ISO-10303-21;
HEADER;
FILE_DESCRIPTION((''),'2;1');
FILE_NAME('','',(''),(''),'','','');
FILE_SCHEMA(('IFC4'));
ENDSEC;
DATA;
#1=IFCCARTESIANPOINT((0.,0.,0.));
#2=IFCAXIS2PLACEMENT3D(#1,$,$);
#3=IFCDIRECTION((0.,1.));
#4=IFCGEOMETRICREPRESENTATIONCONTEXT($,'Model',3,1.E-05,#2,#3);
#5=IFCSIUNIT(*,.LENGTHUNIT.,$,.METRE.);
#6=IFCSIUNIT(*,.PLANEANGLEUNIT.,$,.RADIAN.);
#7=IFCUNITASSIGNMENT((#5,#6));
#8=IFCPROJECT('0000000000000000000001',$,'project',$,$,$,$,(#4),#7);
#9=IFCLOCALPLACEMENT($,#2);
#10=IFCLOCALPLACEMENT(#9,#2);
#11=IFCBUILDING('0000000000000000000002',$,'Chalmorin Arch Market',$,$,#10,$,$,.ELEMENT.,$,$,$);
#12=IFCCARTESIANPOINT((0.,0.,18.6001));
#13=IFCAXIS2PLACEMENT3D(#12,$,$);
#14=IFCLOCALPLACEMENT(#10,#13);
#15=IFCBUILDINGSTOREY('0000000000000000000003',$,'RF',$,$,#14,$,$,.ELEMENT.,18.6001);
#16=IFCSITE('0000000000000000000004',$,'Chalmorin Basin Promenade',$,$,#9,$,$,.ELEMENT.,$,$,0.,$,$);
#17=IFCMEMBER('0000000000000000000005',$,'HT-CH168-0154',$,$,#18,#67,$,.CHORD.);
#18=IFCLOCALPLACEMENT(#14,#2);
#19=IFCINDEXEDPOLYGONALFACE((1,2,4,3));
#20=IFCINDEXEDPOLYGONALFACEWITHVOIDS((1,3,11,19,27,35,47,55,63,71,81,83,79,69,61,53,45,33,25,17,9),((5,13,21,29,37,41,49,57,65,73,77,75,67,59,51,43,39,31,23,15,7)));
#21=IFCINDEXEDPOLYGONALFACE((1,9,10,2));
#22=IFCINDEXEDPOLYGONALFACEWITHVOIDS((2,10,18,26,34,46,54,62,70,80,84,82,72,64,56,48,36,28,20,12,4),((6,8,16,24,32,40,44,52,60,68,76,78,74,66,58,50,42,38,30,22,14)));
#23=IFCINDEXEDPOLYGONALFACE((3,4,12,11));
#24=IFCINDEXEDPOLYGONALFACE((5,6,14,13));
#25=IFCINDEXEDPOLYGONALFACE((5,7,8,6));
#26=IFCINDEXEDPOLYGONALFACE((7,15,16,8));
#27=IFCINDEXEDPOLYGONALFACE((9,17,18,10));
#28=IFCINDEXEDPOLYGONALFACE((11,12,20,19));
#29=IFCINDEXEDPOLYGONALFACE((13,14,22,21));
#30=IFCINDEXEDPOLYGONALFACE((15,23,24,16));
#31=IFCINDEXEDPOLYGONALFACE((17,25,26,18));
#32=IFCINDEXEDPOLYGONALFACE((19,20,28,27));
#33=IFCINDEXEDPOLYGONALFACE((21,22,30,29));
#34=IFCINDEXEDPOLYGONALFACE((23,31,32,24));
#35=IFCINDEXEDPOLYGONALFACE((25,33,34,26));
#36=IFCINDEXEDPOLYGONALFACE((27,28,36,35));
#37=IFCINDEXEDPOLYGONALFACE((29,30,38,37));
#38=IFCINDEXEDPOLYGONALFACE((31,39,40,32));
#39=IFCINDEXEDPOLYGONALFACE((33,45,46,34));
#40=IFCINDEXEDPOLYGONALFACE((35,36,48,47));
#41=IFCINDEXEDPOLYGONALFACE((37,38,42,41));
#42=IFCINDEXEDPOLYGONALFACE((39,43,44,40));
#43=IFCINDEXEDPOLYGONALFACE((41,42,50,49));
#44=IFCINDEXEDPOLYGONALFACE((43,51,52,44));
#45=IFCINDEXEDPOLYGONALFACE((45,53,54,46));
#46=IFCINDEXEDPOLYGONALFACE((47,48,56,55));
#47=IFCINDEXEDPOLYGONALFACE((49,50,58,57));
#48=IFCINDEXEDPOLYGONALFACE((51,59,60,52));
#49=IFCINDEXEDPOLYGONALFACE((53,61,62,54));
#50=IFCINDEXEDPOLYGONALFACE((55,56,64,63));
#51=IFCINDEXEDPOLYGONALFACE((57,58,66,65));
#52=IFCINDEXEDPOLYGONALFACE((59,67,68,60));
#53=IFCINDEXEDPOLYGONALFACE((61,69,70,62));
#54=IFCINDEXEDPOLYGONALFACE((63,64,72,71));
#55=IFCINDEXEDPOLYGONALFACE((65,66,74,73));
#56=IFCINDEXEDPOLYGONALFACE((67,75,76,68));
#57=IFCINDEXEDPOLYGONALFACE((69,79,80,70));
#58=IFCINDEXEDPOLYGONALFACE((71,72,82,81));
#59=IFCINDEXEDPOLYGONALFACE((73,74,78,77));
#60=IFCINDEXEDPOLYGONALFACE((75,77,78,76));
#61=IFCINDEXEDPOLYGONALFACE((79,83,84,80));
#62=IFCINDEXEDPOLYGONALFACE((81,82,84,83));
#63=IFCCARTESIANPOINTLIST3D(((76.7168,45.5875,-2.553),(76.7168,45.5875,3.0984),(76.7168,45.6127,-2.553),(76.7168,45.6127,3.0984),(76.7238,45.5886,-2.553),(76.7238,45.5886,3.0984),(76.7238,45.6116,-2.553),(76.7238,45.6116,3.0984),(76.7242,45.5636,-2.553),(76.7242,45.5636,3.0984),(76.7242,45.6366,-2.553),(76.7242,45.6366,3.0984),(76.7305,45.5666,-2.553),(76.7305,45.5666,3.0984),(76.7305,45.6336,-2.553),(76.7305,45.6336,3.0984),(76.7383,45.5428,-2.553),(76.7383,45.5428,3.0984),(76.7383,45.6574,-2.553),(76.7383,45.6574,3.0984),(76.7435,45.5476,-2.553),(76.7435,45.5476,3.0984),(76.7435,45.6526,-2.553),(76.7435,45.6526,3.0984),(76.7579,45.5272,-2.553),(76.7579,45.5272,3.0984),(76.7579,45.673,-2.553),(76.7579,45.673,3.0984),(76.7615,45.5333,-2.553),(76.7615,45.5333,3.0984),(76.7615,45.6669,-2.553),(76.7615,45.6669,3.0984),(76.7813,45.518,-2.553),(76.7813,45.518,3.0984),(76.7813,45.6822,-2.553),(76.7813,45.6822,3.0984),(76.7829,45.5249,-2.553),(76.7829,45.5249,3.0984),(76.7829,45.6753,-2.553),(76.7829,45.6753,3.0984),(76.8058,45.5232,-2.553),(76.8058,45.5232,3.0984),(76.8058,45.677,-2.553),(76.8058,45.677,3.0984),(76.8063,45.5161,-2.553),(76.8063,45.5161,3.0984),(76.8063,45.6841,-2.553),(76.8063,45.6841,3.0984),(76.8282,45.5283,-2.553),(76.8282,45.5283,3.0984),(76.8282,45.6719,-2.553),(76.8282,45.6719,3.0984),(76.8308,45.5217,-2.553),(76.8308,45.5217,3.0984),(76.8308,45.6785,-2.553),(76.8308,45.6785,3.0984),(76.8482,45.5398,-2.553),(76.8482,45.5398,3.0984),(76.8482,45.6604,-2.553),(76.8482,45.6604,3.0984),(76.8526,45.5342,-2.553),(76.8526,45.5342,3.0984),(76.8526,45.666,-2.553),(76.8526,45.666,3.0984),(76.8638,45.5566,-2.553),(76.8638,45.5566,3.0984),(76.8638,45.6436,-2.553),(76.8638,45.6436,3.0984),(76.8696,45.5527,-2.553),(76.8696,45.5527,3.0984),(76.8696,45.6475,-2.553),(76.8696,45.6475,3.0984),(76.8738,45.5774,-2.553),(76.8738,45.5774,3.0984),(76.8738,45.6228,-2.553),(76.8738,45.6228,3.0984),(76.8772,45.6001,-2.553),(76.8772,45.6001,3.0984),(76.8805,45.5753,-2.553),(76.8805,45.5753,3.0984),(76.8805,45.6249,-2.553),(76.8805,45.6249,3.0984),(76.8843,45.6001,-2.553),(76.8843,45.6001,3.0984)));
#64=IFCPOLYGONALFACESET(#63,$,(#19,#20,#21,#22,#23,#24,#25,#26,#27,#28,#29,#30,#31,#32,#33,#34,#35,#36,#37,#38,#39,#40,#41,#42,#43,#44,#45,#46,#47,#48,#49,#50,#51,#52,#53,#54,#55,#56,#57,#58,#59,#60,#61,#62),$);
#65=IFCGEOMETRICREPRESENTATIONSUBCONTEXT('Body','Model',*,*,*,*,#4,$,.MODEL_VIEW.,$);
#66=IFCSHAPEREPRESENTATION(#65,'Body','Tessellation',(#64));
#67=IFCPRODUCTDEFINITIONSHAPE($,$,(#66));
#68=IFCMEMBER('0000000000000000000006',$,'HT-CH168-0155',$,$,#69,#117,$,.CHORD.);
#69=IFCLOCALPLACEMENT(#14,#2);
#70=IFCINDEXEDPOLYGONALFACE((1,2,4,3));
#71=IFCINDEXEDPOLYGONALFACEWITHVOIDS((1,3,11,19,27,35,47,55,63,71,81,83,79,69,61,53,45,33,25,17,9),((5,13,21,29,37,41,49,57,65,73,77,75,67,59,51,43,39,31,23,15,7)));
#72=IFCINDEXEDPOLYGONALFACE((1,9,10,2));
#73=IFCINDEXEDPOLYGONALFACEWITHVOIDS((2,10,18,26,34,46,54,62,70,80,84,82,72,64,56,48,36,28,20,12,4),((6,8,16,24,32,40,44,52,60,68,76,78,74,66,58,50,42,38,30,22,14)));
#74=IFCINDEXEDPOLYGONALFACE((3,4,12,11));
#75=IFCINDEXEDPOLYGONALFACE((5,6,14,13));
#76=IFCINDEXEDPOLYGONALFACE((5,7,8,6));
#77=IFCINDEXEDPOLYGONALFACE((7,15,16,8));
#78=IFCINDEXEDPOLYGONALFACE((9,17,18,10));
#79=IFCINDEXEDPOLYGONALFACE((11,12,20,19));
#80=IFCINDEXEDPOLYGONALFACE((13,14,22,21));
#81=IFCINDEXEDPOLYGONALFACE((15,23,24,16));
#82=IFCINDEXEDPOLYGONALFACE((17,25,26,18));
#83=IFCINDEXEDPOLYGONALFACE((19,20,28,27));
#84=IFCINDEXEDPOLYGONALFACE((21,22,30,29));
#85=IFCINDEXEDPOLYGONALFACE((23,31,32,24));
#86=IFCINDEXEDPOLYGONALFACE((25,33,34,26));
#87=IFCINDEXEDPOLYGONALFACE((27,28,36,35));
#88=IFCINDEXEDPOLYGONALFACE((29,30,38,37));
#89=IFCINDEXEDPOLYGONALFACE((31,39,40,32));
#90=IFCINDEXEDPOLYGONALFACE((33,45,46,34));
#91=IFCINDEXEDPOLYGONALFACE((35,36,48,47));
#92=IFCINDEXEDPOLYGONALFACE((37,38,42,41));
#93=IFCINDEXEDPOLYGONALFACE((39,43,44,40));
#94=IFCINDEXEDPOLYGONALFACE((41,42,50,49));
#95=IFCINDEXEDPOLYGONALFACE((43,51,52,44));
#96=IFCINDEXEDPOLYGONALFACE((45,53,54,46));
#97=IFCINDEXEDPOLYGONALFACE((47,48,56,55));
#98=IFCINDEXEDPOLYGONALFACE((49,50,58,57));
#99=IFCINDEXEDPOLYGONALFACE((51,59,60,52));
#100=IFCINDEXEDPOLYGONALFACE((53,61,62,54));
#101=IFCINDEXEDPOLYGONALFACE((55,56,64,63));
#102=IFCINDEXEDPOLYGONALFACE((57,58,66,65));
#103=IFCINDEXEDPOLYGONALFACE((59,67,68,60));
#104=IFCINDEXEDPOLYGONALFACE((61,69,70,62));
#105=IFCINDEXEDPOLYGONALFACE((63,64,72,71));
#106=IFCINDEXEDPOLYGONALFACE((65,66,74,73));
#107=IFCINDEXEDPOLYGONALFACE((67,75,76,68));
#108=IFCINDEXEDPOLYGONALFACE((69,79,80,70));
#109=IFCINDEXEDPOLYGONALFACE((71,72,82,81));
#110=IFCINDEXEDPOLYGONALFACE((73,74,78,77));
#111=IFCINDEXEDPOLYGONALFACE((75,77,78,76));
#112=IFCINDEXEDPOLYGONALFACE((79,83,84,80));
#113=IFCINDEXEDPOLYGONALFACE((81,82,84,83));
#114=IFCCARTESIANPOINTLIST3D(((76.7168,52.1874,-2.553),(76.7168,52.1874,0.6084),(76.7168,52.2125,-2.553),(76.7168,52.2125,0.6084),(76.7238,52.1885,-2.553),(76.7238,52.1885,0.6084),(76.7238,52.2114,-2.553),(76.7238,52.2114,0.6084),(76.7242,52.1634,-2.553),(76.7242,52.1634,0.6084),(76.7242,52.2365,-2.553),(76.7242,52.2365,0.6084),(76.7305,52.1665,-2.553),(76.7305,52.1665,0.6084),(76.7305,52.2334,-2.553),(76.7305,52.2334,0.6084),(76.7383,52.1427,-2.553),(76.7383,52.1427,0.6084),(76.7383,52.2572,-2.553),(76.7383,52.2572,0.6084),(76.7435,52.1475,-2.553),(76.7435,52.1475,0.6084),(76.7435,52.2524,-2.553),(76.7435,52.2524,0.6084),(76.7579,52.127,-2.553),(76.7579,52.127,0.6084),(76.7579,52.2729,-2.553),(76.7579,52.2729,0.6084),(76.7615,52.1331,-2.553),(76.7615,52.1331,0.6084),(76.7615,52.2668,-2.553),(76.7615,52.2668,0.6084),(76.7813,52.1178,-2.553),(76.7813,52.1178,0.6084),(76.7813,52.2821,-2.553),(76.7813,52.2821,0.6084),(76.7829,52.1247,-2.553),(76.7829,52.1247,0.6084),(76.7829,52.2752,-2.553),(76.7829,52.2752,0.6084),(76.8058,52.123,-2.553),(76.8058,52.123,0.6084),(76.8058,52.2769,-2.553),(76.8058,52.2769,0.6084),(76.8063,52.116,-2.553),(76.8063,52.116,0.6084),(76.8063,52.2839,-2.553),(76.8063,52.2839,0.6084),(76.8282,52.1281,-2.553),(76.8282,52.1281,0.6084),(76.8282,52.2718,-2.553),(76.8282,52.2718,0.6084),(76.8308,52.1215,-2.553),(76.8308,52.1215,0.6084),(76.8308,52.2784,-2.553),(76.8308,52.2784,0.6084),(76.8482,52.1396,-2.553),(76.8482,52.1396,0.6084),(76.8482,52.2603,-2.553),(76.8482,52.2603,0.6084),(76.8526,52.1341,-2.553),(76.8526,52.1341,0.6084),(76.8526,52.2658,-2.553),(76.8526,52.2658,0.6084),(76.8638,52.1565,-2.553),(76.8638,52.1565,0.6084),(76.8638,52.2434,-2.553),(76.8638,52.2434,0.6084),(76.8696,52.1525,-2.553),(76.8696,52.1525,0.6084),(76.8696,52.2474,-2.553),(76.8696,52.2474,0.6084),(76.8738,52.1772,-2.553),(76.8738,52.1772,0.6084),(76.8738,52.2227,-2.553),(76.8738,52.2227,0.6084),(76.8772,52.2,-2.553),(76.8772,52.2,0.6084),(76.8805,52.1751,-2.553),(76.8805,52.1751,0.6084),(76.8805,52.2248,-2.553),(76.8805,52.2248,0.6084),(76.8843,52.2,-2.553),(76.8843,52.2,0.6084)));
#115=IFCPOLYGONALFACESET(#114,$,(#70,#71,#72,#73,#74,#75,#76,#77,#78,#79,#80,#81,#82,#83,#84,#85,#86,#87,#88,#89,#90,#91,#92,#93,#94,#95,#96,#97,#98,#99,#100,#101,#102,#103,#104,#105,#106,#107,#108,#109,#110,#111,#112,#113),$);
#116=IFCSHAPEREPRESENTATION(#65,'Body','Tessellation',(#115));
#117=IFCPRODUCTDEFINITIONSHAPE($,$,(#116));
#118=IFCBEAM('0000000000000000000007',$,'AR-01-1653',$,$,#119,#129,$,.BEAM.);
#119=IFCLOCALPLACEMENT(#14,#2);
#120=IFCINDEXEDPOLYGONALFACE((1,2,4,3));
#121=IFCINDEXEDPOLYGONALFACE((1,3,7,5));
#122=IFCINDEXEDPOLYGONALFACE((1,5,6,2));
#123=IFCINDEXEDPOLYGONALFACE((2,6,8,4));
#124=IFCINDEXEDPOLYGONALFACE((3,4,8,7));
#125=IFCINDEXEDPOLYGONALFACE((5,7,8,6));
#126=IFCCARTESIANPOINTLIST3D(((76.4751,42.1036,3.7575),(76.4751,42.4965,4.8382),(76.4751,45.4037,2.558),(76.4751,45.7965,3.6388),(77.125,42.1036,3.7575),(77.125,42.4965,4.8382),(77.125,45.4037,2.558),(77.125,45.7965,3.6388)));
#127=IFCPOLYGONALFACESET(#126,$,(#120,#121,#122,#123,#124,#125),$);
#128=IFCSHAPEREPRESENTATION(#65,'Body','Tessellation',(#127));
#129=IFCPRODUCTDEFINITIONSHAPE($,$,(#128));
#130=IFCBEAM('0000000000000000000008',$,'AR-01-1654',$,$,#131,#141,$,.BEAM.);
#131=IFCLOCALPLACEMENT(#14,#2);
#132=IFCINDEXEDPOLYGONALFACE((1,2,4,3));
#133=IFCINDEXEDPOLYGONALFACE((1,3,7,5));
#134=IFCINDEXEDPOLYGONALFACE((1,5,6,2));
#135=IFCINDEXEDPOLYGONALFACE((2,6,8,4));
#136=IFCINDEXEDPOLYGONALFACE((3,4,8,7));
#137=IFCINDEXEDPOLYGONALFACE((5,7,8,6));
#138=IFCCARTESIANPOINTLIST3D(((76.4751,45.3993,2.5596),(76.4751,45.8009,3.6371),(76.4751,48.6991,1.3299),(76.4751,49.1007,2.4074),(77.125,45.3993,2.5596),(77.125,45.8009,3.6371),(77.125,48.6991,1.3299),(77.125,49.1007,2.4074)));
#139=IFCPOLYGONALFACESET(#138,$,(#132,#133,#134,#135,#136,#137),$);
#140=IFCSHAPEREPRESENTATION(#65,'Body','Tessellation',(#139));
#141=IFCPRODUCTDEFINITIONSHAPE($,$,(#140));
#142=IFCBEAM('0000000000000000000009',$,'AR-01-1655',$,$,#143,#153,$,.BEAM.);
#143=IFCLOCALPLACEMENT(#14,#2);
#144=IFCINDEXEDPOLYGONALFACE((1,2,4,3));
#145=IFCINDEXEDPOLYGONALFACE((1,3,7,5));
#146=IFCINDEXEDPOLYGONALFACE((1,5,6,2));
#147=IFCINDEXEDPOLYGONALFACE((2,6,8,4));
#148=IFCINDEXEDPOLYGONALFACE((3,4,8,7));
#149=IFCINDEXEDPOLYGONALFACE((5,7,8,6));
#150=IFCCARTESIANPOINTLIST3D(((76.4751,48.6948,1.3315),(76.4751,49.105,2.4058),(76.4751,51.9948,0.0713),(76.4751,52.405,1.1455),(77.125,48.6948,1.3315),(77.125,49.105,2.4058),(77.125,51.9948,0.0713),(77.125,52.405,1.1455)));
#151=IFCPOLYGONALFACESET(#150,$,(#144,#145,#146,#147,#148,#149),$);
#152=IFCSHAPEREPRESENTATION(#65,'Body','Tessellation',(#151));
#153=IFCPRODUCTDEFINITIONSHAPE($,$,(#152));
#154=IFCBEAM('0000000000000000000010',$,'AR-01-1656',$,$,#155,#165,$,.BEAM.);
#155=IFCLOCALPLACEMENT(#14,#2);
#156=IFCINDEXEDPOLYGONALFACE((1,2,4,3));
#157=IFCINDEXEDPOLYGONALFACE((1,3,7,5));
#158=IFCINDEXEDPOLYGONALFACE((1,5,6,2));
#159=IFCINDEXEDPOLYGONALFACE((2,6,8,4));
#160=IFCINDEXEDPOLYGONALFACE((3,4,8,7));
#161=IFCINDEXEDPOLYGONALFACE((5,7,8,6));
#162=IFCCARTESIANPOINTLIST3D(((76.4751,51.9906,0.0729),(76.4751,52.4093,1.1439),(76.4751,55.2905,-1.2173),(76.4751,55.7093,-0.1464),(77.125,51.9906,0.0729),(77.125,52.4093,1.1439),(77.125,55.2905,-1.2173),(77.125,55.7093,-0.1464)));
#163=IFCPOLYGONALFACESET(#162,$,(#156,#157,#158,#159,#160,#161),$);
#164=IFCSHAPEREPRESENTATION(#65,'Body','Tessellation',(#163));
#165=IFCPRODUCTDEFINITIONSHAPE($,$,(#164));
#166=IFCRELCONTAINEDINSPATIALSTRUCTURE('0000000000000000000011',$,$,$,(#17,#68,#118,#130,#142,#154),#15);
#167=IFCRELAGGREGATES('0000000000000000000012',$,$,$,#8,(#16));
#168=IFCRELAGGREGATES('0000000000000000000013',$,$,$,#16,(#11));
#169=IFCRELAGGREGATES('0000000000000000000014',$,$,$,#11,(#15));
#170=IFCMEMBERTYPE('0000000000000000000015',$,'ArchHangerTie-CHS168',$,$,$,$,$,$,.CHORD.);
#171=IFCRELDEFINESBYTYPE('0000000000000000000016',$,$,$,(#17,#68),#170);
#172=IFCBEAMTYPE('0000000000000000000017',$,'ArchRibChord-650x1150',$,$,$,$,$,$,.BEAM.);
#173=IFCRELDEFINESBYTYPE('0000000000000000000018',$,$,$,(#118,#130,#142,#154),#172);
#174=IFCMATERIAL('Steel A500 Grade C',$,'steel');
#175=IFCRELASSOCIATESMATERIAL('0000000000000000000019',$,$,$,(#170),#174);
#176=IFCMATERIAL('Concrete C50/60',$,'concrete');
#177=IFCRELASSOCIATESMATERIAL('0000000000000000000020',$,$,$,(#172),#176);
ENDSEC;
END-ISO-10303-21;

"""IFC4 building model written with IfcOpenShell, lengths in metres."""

from ifc_helpers import new_model, si_unit, direction, frame, origin, origin_2d, place, context, subcontext, project, spatial, rectangle, hollow_circle, extrude, material, material_profile, profile_set, type_object, element, save


model = new_model("IFC4")

# Units and contexts
model_context = context("Model", 3, precision=1e-05, world=origin(), true_north=direction((0.0, 1.0)))
body_context = subcontext(model_context, "Body", "Model", "MODEL_VIEW")
ifc_project = project(units=[si_unit("LENGTHUNIT", "METRE"), si_unit("PLANEANGLEUNIT", "RADIAN")], contexts=[model_context])

# Site, building, storey
site_placement = place(None, origin())
site = spatial("IfcSite", under=ifc_project, at=site_placement, Name="Chalmorin Basin Promenade", CompositionType="ELEMENT", RefElevation=0.0)
building_placement = place(site_placement, origin())
building = spatial("IfcBuilding", under=site, at=building_placement, Name="Chalmorin Arch Market", CompositionType="ELEMENT")
storey_placement = place(building_placement, frame((0.0, 0.0, 18.6001)))
storey = spatial("IfcBuildingStorey", under=building, at=storey_placement, Name="RF", CompositionType="ELEMENT", Elevation=18.6001)

# Members
ifc_material_1 = material(Name="Steel A500 Grade C", Category="steel")
ifc_material_profile_1 = material_profile(ifc_material_1, hollow_circle(Radius=0.0842, WallThickness=0.0071, at=origin_2d()), Name="CHS168X7")
ifc_profile_set_1 = profile_set([ifc_material_profile_1], Name="Steel A500 Grade C")
member_type_1 = type_object("IfcMemberType", Name="ArchHangerTie-CHS168", PredefinedType="CHORD", material=ifc_profile_set_1)
member_1_placement = place(storey_placement, frame((76.8, 45.6001, -2.553), z_axis=(0.0, 0.0, 1.0), x_axis=(1.0, 0.0, 0.0)))
element("IfcMember", 1, at=member_1_placement, inside=storey, type_object=member_type_1, Name="HT-CH168-0154", PredefinedType="CHORD", context=body_context, shape_type="SweptSolid", body=[
    extrude(hollow_circle(Radius=0.0842, WallThickness=0.0071, at=origin_2d()), origin(), (0.0, 0.0, 1.0), 5.6514),
])
member_2_placement = place(storey_placement, frame((76.8, 52.2, -2.553), z_axis=(0.0, 0.0, 1.0), x_axis=(1.0, 0.0, 0.0)))
element("IfcMember", 2, at=member_2_placement, inside=storey, type_object=member_type_1, Name="HT-CH168-0155", PredefinedType="CHORD", context=body_context, shape_type="SweptSolid", body=[
    extrude(hollow_circle(Radius=0.0842, WallThickness=0.0071, at=origin_2d()), origin(), (0.0, 0.0, 1.0), 3.1614),
])

# Beams
ifc_material_2 = material(Name="Concrete C50/60", Category="concrete")
ifc_material_profile_2 = material_profile(ifc_material_2, rectangle(XDim=0.6499, YDim=1.1499, at=origin_2d()), Name="RC650X1150")
ifc_profile_set_2 = profile_set([ifc_material_profile_2], Name="Concrete C50/60")
beam_type = type_object("IfcBeamType", Name="ArchRibChord-650x1150", PredefinedType="BEAM", material=ifc_profile_set_2)
beam_1_placement = place(storey_placement, frame((76.8, 42.3, 4.2979), z_axis=(0.0, 0.939844, -0.341603), x_axis=(-1.0, 0.0, 0.0)))
element("IfcBeam", 3, at=beam_1_placement, inside=storey, type_object=beam_type, Name="AR-01-1653", PredefinedType="BEAM", context=body_context, shape_type="SweptSolid", body=[
    extrude(rectangle(XDim=0.6499, YDim=1.1499, at=origin_2d()), origin(), (0.0, 0.0, 1.0), 3.5112),
])
beam_2_placement = place(storey_placement, frame((76.8, 45.6001, 3.0984), z_axis=(0.0, 0.937045, -0.349208), x_axis=(-1.0, 0.0, 0.0)))
element("IfcBeam", 4, at=beam_2_placement, inside=storey, type_object=beam_type, Name="AR-01-1654", PredefinedType="BEAM", context=body_context, shape_type="SweptSolid", body=[
    extrude(rectangle(XDim=0.6499, YDim=1.1499, at=origin_2d()), origin(), (0.0, 0.0, 1.0), 3.5215),
])
beam_3_placement = place(storey_placement, frame((76.8, 48.8999, 1.8687), z_axis=(0.0, 0.934196, -0.35676), x_axis=(-1.0, 0.0, 0.0)))
element("IfcBeam", 5, at=beam_3_placement, inside=storey, type_object=beam_type, Name="AR-01-1655", PredefinedType="BEAM", context=body_context, shape_type="SweptSolid", body=[
    extrude(rectangle(XDim=0.6499, YDim=1.1499, at=origin_2d()), origin(), (0.0, 0.0, 1.0), 3.5325),
])
beam_4_placement = place(storey_placement, frame((76.8, 52.2, 0.6084), z_axis=(0.0, 0.931342, -0.364145), x_axis=(-1.0, 0.0, 0.0)))
element("IfcBeam", 6, at=beam_4_placement, inside=storey, type_object=beam_type, Name="AR-01-1656", PredefinedType="BEAM", context=body_context, shape_type="SweptSolid", body=[
    extrude(rectangle(XDim=0.6499, YDim=1.1499, at=origin_2d()), origin(), (0.0, 0.0, 1.0), 3.5432),
])

save(model, "model.ifc")
